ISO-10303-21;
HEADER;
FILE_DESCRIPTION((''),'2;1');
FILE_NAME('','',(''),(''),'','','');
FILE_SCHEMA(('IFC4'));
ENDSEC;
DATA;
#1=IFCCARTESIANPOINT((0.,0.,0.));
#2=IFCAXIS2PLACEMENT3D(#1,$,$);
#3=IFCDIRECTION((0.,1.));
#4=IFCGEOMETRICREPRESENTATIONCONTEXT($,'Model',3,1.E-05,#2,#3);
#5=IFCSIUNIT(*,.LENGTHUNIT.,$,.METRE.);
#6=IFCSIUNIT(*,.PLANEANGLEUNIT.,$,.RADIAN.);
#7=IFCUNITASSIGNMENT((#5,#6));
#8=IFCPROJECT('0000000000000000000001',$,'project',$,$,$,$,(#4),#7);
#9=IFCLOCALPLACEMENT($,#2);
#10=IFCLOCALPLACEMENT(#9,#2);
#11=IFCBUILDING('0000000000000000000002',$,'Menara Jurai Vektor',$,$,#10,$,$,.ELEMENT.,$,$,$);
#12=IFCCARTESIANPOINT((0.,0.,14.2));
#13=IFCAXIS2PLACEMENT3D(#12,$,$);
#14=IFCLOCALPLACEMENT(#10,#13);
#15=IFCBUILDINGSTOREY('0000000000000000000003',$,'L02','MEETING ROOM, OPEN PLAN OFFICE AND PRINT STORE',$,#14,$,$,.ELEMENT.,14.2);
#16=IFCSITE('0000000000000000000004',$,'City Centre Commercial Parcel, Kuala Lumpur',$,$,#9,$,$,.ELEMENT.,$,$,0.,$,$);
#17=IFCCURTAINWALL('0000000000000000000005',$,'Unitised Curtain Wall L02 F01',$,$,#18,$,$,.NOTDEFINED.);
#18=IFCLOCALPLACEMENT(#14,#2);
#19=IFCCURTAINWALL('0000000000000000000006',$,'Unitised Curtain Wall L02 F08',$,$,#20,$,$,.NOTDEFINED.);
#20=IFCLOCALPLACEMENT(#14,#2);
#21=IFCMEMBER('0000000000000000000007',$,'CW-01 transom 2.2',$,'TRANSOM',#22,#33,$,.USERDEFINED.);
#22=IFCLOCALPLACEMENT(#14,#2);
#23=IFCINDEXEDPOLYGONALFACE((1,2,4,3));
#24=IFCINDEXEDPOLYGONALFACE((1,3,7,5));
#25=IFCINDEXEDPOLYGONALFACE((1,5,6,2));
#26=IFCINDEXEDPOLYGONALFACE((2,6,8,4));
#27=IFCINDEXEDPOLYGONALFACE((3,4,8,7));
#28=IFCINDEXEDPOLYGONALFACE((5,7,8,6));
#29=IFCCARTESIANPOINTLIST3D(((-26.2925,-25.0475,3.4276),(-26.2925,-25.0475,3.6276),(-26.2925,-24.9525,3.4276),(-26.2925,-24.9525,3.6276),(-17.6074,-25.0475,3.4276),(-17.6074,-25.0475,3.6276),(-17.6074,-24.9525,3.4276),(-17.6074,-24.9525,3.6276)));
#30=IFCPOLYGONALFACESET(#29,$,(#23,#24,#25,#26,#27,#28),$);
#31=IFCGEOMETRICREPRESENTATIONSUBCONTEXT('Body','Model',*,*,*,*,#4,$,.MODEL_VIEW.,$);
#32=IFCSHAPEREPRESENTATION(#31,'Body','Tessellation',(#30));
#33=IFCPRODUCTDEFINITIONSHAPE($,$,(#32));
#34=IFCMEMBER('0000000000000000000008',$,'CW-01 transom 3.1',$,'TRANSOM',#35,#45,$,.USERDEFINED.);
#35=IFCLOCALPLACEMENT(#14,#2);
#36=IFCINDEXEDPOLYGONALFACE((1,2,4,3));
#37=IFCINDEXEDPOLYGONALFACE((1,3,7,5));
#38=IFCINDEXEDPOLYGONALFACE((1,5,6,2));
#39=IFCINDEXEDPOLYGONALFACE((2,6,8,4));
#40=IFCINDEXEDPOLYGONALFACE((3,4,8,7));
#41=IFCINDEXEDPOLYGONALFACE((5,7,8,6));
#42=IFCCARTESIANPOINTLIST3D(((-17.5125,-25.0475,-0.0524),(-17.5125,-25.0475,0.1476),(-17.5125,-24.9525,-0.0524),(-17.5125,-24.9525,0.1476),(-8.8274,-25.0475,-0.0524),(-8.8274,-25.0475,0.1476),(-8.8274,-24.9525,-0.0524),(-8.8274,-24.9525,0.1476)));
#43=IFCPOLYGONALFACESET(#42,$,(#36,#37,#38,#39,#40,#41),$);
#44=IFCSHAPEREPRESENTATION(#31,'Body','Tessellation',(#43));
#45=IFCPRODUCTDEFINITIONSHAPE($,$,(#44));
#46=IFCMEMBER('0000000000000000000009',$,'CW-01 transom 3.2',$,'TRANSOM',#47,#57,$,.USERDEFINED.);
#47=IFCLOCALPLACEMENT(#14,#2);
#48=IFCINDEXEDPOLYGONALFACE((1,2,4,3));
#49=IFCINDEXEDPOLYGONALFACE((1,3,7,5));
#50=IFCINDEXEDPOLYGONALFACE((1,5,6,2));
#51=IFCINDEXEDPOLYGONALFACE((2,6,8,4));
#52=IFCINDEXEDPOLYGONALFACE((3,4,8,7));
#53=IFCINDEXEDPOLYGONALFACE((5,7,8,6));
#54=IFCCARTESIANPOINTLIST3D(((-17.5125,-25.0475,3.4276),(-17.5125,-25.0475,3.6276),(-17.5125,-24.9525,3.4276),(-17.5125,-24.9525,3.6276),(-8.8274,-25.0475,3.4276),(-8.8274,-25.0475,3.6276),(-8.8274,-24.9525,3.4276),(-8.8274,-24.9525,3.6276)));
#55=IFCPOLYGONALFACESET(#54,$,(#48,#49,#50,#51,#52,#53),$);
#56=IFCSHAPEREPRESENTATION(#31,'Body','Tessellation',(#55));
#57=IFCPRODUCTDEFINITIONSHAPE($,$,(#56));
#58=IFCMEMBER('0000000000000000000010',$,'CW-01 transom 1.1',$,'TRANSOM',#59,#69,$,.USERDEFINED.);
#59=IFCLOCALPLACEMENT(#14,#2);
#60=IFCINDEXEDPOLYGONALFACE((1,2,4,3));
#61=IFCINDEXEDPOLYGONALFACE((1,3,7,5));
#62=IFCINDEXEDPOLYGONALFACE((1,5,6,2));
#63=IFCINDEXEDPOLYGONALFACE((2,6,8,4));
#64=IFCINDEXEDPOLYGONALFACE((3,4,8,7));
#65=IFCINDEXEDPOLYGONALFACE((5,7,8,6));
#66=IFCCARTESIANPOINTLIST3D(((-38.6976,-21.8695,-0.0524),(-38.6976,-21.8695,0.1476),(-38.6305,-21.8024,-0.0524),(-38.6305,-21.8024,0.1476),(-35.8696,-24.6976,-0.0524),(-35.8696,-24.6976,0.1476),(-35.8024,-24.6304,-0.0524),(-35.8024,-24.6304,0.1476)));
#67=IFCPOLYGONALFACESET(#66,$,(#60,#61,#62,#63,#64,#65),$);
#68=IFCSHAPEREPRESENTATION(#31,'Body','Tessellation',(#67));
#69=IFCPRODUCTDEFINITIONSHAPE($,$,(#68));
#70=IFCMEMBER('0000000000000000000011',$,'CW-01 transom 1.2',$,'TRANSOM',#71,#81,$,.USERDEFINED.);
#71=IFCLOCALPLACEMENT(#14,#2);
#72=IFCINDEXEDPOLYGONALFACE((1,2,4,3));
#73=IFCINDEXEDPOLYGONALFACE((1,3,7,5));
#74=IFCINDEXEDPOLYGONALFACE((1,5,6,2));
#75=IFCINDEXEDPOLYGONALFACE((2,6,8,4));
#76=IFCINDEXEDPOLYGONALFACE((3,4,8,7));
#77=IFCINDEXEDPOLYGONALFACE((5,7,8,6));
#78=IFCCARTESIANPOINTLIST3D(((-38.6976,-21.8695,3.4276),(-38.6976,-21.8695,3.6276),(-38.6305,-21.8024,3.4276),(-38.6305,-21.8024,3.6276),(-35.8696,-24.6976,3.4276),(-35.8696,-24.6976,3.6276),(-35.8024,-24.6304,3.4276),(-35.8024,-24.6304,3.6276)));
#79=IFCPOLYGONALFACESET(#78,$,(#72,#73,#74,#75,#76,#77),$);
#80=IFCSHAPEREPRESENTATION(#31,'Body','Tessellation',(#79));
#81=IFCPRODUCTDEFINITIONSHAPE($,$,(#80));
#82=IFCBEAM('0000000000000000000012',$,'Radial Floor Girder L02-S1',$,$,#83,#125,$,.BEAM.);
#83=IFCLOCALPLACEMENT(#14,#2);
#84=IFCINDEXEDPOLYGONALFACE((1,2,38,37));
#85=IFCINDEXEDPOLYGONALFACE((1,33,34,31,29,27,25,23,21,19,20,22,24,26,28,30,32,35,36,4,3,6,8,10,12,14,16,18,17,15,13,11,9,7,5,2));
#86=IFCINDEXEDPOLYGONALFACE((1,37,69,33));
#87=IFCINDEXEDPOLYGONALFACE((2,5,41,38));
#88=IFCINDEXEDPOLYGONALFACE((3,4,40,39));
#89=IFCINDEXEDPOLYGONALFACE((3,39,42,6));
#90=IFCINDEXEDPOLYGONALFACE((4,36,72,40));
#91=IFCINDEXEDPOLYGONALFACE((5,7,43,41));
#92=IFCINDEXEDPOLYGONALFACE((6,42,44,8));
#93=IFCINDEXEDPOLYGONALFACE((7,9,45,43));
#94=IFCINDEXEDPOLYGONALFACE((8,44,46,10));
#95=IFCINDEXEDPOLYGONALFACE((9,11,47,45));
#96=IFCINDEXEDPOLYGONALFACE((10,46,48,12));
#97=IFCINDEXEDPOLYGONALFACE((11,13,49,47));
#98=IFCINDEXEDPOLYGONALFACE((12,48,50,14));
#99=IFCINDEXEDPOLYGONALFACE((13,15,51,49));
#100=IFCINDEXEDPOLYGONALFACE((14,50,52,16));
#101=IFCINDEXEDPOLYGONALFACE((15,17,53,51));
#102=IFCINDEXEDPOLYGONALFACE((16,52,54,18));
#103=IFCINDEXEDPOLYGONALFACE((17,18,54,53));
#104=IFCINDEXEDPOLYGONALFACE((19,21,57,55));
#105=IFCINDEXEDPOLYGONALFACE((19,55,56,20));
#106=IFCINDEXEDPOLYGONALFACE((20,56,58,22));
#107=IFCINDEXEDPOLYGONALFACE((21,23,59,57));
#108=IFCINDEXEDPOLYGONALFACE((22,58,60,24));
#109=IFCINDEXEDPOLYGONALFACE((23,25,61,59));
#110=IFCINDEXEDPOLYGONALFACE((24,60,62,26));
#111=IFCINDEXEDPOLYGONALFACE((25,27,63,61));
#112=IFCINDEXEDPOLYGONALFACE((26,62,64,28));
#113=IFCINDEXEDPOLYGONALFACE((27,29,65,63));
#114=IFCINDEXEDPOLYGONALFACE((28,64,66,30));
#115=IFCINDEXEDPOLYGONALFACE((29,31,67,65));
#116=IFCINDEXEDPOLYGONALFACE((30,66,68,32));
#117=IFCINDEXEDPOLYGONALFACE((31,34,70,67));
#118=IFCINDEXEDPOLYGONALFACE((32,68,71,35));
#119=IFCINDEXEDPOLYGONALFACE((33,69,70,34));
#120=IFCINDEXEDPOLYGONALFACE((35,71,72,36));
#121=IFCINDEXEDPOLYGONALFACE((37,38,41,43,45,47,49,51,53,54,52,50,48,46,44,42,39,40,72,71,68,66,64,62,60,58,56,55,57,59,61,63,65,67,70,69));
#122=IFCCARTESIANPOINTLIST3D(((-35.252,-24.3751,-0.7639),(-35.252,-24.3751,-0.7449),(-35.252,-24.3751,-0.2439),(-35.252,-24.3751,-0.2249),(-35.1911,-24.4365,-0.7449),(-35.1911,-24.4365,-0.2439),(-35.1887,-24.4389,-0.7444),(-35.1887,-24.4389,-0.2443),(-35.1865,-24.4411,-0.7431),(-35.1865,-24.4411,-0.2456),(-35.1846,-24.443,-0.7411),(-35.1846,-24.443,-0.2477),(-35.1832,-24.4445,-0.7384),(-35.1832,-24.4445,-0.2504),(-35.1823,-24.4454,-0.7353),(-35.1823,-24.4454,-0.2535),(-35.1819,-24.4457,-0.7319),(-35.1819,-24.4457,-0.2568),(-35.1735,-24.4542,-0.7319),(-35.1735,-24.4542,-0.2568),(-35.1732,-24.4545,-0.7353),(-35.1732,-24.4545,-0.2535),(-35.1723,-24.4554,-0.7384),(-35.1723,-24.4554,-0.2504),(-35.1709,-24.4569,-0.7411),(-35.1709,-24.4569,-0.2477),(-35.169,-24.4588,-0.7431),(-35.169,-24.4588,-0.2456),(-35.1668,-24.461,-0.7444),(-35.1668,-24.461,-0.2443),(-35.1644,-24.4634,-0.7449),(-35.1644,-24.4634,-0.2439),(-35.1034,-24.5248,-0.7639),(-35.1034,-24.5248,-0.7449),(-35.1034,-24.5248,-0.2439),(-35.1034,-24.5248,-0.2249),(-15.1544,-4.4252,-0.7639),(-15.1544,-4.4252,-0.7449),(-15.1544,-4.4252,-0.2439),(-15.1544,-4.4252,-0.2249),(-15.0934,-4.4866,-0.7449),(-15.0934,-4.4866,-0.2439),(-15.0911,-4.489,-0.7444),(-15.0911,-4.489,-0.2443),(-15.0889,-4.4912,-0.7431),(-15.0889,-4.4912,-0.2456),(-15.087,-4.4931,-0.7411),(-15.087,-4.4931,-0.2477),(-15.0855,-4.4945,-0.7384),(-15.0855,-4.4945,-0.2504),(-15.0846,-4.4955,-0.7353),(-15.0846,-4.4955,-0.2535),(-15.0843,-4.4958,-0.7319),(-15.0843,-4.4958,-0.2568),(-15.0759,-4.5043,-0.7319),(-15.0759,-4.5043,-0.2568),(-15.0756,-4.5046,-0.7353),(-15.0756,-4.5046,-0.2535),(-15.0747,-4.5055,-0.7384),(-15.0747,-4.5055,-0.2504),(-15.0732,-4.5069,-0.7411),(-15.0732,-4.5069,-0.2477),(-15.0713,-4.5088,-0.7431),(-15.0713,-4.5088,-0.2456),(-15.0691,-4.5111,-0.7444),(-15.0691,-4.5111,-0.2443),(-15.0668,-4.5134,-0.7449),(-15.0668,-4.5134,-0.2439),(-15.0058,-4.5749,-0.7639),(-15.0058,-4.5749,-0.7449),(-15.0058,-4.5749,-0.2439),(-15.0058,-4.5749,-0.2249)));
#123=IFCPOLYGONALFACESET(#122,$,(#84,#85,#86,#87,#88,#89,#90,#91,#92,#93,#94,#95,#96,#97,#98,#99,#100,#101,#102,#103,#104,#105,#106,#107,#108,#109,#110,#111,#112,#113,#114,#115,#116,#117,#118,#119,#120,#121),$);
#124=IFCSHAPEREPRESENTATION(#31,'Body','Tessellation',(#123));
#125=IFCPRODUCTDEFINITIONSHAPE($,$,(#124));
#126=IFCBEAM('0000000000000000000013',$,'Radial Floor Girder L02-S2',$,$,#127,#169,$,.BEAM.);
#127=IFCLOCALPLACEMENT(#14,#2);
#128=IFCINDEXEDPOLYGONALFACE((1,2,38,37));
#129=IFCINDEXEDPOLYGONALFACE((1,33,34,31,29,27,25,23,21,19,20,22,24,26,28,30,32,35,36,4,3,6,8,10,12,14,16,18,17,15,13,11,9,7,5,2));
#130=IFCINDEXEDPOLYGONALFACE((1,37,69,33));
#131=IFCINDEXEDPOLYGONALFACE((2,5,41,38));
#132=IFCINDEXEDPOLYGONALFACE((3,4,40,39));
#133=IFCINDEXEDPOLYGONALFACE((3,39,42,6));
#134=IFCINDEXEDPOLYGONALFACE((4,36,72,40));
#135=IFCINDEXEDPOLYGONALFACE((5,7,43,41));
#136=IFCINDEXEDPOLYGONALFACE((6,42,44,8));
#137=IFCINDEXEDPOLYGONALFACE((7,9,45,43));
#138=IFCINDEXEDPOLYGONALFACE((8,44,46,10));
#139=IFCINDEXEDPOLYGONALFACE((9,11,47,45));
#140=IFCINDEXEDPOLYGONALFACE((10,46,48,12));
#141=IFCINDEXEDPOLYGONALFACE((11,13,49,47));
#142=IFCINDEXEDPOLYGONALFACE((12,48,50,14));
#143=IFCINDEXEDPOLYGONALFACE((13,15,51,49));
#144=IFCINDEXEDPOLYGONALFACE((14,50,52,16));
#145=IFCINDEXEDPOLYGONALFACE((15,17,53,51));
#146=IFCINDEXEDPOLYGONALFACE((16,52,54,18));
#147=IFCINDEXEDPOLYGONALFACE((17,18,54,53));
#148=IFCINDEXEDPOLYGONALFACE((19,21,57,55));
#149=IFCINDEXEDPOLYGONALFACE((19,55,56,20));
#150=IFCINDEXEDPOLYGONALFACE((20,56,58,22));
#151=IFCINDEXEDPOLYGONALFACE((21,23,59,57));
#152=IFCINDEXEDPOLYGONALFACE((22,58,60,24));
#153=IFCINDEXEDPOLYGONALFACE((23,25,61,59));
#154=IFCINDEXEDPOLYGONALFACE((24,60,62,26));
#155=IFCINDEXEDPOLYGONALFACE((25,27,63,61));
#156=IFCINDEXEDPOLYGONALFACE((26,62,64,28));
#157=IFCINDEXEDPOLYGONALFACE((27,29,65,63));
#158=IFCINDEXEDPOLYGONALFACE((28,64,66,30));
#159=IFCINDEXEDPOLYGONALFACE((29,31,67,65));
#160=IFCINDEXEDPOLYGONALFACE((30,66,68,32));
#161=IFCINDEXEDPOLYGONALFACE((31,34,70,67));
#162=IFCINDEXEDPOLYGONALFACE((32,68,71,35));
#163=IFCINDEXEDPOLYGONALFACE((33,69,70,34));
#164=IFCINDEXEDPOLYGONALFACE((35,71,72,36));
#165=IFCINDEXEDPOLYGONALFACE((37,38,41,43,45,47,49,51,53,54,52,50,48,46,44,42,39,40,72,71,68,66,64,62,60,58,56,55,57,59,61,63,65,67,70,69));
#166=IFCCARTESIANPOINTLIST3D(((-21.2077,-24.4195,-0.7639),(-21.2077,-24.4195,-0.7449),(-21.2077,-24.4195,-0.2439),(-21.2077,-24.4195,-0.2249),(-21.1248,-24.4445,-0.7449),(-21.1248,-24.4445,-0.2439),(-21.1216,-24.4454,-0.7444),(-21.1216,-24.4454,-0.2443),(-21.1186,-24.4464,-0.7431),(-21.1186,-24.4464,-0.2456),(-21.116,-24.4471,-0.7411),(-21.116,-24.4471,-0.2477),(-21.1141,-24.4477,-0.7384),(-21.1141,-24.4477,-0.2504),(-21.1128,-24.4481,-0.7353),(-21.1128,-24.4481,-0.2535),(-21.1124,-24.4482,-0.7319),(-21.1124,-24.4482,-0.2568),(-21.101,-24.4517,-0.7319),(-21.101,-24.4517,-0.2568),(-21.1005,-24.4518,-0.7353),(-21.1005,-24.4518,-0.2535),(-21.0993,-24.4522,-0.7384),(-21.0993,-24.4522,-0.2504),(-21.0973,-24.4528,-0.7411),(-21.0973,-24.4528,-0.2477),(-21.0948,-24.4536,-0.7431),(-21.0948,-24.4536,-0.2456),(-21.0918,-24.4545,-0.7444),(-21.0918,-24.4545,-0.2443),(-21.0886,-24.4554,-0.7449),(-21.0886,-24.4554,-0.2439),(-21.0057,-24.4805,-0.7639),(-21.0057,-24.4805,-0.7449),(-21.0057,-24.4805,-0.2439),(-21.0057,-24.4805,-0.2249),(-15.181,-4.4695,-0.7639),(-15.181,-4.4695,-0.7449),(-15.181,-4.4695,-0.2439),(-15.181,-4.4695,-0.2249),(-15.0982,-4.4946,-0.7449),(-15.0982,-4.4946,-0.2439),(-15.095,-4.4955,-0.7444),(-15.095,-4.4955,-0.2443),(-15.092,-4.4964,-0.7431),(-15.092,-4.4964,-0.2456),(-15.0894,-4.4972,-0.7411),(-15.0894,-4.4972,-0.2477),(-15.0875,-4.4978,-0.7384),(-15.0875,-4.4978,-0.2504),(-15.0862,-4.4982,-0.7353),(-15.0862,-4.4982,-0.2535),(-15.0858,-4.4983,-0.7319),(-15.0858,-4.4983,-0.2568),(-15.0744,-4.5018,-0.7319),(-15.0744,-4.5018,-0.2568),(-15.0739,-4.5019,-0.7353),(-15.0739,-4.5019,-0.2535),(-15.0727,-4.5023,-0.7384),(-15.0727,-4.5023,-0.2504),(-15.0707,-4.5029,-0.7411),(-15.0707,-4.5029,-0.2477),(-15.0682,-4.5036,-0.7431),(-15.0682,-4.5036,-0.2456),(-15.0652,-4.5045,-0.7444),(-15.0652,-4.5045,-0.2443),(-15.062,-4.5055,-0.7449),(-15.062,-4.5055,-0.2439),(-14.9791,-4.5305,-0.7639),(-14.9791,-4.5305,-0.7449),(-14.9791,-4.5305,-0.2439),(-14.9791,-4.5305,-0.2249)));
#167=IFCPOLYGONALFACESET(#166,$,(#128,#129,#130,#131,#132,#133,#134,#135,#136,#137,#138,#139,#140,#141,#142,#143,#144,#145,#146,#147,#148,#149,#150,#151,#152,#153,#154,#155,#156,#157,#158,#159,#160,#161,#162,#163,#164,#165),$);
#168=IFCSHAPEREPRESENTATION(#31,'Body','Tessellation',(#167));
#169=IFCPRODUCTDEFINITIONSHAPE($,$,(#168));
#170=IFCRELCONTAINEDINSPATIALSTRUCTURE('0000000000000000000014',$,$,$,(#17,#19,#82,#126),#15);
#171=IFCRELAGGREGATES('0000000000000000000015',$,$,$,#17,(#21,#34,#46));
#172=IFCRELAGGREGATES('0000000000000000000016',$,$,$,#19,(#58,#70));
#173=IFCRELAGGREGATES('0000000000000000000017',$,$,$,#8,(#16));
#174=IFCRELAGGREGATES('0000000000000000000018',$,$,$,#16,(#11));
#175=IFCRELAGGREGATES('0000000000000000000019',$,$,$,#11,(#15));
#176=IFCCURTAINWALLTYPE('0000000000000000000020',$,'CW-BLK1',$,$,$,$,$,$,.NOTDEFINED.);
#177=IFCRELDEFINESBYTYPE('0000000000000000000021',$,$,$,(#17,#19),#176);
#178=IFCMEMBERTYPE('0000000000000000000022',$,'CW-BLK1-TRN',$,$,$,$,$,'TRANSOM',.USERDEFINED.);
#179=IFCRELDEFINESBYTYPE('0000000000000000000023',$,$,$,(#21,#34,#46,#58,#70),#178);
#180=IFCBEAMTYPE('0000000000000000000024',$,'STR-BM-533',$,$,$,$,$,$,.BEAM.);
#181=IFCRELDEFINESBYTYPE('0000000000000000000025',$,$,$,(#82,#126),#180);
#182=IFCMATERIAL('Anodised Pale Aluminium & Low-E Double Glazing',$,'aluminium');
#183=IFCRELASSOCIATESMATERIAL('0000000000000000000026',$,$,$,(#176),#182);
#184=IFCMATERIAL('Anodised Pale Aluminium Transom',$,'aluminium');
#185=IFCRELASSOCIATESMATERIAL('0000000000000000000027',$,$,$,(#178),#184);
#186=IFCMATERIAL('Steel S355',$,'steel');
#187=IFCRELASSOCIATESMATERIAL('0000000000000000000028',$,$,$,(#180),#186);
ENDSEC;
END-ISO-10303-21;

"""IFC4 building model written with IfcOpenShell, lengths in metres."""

from ifc_helpers import new_model, si_unit, direction, frame, origin, origin_2d, place, context, subcontext, project, spatial, rectangle, i_section, extrude, material, material_profile, profile_set, type_object, element, aggregate, save


model = new_model("IFC4")

# Units and contexts
model_context = context("Model", 3, precision=1e-05, world=origin(), true_north=direction((0.0, 1.0)))
body_context = subcontext(model_context, "Body", "Model", "MODEL_VIEW")
ifc_project = project(units=[si_unit("LENGTHUNIT", "METRE"), si_unit("PLANEANGLEUNIT", "RADIAN")], contexts=[model_context])

# Site, building, storey
site_placement = place(None, origin())
site = spatial("IfcSite", under=ifc_project, at=site_placement, Name="City Centre Commercial Parcel, Kuala Lumpur", CompositionType="ELEMENT", RefElevation=0.0)
building_placement = place(site_placement, origin())
building = spatial("IfcBuilding", under=site, at=building_placement, Name="Menara Jurai Vektor", CompositionType="ELEMENT")
storey_placement = place(building_placement, frame((0.0, 0.0, 14.2)))
storey = spatial("IfcBuildingStorey", under=building, at=storey_placement, Name="L02", Description="MEETING ROOM, OPEN PLAN OFFICE AND PRINT STORE", CompositionType="ELEMENT", Elevation=14.2)

# Curtain wall
ifc_material_1 = material(Name="Anodised Pale Aluminium & Low-E Double Glazing", Category="aluminium")
curtain_wall_type = type_object("IfcCurtainWallType", Name="CW-BLK1", PredefinedType="NOTDEFINED", material=ifc_material_1)
curtain_wall_1_placement = place(storey_placement, origin())
curtain_wall_1 = element("IfcCurtainWall", 1, at=curtain_wall_1_placement, inside=storey, type_object=curtain_wall_type, Name="Unitised Curtain Wall L02 F01", PredefinedType="NOTDEFINED")

# Curtain wall
curtain_wall_2_placement = place(storey_placement, origin())
curtain_wall_2 = element("IfcCurtainWall", 2, at=curtain_wall_2_placement, inside=storey, type_object=curtain_wall_type, Name="Unitised Curtain Wall L02 F08", PredefinedType="NOTDEFINED")

# Members
ifc_material_2 = material(Name="Anodised Pale Aluminium Transom", Category="aluminium")
ifc_material_profile_1 = material_profile(ifc_material_2, rectangle(XDim=0.095, YDim=0.2, at=origin_2d()), Name="ALU TRN 95x200")
ifc_profile_set_1 = profile_set([ifc_material_profile_1], Name="Anodised Pale Aluminium Transom")
member_type_1 = type_object("IfcMemberType", Name="CW-BLK1-TRN", ElementType="TRANSOM", PredefinedType="USERDEFINED", material=ifc_profile_set_1)
member_1_placement = place(storey_placement, frame((-26.2925, -25.0, 3.5276), z_axis=(1.0, 0.0, 0.0), x_axis=(0.0, 1.0, 0.0)))
member_1 = element("IfcMember", 3, at=member_1_placement, type_object=member_type_1, Name="CW-01 transom 2.2", ObjectType="TRANSOM", PredefinedType="USERDEFINED", context=body_context, shape_type="SweptSolid", body=[
    extrude(rectangle(XDim=0.095, YDim=0.2, at=origin_2d()), origin(), (0.0, 0.0, 1.0), 8.6851),
])
member_2_placement = place(storey_placement, frame((-17.5125, -25.0, 0.0476), z_axis=(1.0, 0.0, 0.0), x_axis=(0.0, 1.0, 0.0)))
member_2 = element("IfcMember", 4, at=member_2_placement, type_object=member_type_1, Name="CW-01 transom 3.1", ObjectType="TRANSOM", PredefinedType="USERDEFINED", context=body_context, shape_type="SweptSolid", body=[
    extrude(rectangle(XDim=0.095, YDim=0.2, at=origin_2d()), origin(), (0.0, 0.0, 1.0), 8.6851),
])
member_3_placement = place(storey_placement, frame((-17.5125, -25.0, 3.5276), z_axis=(1.0, 0.0, 0.0), x_axis=(0.0, 1.0, 0.0)))
member_3 = element("IfcMember", 5, at=member_3_placement, type_object=member_type_1, Name="CW-01 transom 3.2", ObjectType="TRANSOM", PredefinedType="USERDEFINED", context=body_context, shape_type="SweptSolid", body=[
    extrude(rectangle(XDim=0.095, YDim=0.2, at=origin_2d()), origin(), (0.0, 0.0, 1.0), 8.6851),
])
member_4_placement = place(storey_placement, frame((-38.6641, -21.8359, 0.0476), z_axis=(0.707107, -0.707107, 0.0), x_axis=(0.707107, 0.707107, 0.0)))
member_4 = element("IfcMember", 6, at=member_4_placement, type_object=member_type_1, Name="CW-01 transom 1.1", ObjectType="TRANSOM", PredefinedType="USERDEFINED", context=body_context, shape_type="SweptSolid", body=[
    extrude(rectangle(XDim=0.095, YDim=0.2, at=origin_2d()), origin(), (0.0, 0.0, 1.0), 3.9995),
])
member_5_placement = place(storey_placement, frame((-38.6641, -21.8359, 3.5276), z_axis=(0.707107, -0.707107, 0.0), x_axis=(0.707107, 0.707107, 0.0)))
member_5 = element("IfcMember", 7, at=member_5_placement, type_object=member_type_1, Name="CW-01 transom 1.2", ObjectType="TRANSOM", PredefinedType="USERDEFINED", context=body_context, shape_type="SweptSolid", body=[
    extrude(rectangle(XDim=0.095, YDim=0.2, at=origin_2d()), origin(), (0.0, 0.0, 1.0), 3.9995),
])

# Beams
ifc_material_3 = material(Name="Steel S355", Category="steel")
ifc_material_profile_2 = material_profile(ifc_material_3, i_section(OverallWidth=0.2109, OverallDepth=0.5391, WebThickness=0.012, FlangeThickness=0.019, FilletRadius=0.0129, at=origin_2d()), Name="UKB 533x210x109")
ifc_profile_set_2 = profile_set([ifc_material_profile_2], Name="Steel S355")
beam_type_1 = type_object("IfcBeamType", Name="STR-BM-533", PredefinedType="BEAM", material=ifc_profile_set_2)
beam_1_placement = place(storey_placement, frame((-35.1777, -24.45, -0.4944), z_axis=(0.70971, 0.704494, 0.0), x_axis=(-0.704494, 0.70971, 0.0)))
element("IfcBeam", 8, at=beam_1_placement, inside=storey, type_object=beam_type_1, Name="Radial Floor Girder L02-S1", PredefinedType="BEAM", context=body_context, shape_type="SweptSolid", body=[
    extrude(i_section(OverallWidth=0.2109, OverallDepth=0.5391, WebThickness=0.012, FlangeThickness=0.019, FilletRadius=0.0129, at=origin_2d()), origin(), (0.0, 0.0, 1.0), 28.3181),
])
beam_2_placement = place(storey_placement, frame((-21.1067, -24.45, -0.4944), z_axis=(0.28918, 0.957275, 0.0), x_axis=(-0.957275, 0.28918, 0.0)))
element("IfcBeam", 9, at=beam_2_placement, inside=storey, type_object=beam_type_1, Name="Radial Floor Girder L02-S2", PredefinedType="BEAM", context=body_context, shape_type="SweptSolid", body=[
    extrude(i_section(OverallWidth=0.2109, OverallDepth=0.5391, WebThickness=0.012, FlangeThickness=0.019, FilletRadius=0.0129, at=origin_2d()), origin(), (0.0, 0.0, 1.0), 20.8403),
])

aggregate(curtain_wall_1, [member_1, member_2, member_3])
aggregate(curtain_wall_2, [member_4, member_5])

save(model, "model.ifc")
